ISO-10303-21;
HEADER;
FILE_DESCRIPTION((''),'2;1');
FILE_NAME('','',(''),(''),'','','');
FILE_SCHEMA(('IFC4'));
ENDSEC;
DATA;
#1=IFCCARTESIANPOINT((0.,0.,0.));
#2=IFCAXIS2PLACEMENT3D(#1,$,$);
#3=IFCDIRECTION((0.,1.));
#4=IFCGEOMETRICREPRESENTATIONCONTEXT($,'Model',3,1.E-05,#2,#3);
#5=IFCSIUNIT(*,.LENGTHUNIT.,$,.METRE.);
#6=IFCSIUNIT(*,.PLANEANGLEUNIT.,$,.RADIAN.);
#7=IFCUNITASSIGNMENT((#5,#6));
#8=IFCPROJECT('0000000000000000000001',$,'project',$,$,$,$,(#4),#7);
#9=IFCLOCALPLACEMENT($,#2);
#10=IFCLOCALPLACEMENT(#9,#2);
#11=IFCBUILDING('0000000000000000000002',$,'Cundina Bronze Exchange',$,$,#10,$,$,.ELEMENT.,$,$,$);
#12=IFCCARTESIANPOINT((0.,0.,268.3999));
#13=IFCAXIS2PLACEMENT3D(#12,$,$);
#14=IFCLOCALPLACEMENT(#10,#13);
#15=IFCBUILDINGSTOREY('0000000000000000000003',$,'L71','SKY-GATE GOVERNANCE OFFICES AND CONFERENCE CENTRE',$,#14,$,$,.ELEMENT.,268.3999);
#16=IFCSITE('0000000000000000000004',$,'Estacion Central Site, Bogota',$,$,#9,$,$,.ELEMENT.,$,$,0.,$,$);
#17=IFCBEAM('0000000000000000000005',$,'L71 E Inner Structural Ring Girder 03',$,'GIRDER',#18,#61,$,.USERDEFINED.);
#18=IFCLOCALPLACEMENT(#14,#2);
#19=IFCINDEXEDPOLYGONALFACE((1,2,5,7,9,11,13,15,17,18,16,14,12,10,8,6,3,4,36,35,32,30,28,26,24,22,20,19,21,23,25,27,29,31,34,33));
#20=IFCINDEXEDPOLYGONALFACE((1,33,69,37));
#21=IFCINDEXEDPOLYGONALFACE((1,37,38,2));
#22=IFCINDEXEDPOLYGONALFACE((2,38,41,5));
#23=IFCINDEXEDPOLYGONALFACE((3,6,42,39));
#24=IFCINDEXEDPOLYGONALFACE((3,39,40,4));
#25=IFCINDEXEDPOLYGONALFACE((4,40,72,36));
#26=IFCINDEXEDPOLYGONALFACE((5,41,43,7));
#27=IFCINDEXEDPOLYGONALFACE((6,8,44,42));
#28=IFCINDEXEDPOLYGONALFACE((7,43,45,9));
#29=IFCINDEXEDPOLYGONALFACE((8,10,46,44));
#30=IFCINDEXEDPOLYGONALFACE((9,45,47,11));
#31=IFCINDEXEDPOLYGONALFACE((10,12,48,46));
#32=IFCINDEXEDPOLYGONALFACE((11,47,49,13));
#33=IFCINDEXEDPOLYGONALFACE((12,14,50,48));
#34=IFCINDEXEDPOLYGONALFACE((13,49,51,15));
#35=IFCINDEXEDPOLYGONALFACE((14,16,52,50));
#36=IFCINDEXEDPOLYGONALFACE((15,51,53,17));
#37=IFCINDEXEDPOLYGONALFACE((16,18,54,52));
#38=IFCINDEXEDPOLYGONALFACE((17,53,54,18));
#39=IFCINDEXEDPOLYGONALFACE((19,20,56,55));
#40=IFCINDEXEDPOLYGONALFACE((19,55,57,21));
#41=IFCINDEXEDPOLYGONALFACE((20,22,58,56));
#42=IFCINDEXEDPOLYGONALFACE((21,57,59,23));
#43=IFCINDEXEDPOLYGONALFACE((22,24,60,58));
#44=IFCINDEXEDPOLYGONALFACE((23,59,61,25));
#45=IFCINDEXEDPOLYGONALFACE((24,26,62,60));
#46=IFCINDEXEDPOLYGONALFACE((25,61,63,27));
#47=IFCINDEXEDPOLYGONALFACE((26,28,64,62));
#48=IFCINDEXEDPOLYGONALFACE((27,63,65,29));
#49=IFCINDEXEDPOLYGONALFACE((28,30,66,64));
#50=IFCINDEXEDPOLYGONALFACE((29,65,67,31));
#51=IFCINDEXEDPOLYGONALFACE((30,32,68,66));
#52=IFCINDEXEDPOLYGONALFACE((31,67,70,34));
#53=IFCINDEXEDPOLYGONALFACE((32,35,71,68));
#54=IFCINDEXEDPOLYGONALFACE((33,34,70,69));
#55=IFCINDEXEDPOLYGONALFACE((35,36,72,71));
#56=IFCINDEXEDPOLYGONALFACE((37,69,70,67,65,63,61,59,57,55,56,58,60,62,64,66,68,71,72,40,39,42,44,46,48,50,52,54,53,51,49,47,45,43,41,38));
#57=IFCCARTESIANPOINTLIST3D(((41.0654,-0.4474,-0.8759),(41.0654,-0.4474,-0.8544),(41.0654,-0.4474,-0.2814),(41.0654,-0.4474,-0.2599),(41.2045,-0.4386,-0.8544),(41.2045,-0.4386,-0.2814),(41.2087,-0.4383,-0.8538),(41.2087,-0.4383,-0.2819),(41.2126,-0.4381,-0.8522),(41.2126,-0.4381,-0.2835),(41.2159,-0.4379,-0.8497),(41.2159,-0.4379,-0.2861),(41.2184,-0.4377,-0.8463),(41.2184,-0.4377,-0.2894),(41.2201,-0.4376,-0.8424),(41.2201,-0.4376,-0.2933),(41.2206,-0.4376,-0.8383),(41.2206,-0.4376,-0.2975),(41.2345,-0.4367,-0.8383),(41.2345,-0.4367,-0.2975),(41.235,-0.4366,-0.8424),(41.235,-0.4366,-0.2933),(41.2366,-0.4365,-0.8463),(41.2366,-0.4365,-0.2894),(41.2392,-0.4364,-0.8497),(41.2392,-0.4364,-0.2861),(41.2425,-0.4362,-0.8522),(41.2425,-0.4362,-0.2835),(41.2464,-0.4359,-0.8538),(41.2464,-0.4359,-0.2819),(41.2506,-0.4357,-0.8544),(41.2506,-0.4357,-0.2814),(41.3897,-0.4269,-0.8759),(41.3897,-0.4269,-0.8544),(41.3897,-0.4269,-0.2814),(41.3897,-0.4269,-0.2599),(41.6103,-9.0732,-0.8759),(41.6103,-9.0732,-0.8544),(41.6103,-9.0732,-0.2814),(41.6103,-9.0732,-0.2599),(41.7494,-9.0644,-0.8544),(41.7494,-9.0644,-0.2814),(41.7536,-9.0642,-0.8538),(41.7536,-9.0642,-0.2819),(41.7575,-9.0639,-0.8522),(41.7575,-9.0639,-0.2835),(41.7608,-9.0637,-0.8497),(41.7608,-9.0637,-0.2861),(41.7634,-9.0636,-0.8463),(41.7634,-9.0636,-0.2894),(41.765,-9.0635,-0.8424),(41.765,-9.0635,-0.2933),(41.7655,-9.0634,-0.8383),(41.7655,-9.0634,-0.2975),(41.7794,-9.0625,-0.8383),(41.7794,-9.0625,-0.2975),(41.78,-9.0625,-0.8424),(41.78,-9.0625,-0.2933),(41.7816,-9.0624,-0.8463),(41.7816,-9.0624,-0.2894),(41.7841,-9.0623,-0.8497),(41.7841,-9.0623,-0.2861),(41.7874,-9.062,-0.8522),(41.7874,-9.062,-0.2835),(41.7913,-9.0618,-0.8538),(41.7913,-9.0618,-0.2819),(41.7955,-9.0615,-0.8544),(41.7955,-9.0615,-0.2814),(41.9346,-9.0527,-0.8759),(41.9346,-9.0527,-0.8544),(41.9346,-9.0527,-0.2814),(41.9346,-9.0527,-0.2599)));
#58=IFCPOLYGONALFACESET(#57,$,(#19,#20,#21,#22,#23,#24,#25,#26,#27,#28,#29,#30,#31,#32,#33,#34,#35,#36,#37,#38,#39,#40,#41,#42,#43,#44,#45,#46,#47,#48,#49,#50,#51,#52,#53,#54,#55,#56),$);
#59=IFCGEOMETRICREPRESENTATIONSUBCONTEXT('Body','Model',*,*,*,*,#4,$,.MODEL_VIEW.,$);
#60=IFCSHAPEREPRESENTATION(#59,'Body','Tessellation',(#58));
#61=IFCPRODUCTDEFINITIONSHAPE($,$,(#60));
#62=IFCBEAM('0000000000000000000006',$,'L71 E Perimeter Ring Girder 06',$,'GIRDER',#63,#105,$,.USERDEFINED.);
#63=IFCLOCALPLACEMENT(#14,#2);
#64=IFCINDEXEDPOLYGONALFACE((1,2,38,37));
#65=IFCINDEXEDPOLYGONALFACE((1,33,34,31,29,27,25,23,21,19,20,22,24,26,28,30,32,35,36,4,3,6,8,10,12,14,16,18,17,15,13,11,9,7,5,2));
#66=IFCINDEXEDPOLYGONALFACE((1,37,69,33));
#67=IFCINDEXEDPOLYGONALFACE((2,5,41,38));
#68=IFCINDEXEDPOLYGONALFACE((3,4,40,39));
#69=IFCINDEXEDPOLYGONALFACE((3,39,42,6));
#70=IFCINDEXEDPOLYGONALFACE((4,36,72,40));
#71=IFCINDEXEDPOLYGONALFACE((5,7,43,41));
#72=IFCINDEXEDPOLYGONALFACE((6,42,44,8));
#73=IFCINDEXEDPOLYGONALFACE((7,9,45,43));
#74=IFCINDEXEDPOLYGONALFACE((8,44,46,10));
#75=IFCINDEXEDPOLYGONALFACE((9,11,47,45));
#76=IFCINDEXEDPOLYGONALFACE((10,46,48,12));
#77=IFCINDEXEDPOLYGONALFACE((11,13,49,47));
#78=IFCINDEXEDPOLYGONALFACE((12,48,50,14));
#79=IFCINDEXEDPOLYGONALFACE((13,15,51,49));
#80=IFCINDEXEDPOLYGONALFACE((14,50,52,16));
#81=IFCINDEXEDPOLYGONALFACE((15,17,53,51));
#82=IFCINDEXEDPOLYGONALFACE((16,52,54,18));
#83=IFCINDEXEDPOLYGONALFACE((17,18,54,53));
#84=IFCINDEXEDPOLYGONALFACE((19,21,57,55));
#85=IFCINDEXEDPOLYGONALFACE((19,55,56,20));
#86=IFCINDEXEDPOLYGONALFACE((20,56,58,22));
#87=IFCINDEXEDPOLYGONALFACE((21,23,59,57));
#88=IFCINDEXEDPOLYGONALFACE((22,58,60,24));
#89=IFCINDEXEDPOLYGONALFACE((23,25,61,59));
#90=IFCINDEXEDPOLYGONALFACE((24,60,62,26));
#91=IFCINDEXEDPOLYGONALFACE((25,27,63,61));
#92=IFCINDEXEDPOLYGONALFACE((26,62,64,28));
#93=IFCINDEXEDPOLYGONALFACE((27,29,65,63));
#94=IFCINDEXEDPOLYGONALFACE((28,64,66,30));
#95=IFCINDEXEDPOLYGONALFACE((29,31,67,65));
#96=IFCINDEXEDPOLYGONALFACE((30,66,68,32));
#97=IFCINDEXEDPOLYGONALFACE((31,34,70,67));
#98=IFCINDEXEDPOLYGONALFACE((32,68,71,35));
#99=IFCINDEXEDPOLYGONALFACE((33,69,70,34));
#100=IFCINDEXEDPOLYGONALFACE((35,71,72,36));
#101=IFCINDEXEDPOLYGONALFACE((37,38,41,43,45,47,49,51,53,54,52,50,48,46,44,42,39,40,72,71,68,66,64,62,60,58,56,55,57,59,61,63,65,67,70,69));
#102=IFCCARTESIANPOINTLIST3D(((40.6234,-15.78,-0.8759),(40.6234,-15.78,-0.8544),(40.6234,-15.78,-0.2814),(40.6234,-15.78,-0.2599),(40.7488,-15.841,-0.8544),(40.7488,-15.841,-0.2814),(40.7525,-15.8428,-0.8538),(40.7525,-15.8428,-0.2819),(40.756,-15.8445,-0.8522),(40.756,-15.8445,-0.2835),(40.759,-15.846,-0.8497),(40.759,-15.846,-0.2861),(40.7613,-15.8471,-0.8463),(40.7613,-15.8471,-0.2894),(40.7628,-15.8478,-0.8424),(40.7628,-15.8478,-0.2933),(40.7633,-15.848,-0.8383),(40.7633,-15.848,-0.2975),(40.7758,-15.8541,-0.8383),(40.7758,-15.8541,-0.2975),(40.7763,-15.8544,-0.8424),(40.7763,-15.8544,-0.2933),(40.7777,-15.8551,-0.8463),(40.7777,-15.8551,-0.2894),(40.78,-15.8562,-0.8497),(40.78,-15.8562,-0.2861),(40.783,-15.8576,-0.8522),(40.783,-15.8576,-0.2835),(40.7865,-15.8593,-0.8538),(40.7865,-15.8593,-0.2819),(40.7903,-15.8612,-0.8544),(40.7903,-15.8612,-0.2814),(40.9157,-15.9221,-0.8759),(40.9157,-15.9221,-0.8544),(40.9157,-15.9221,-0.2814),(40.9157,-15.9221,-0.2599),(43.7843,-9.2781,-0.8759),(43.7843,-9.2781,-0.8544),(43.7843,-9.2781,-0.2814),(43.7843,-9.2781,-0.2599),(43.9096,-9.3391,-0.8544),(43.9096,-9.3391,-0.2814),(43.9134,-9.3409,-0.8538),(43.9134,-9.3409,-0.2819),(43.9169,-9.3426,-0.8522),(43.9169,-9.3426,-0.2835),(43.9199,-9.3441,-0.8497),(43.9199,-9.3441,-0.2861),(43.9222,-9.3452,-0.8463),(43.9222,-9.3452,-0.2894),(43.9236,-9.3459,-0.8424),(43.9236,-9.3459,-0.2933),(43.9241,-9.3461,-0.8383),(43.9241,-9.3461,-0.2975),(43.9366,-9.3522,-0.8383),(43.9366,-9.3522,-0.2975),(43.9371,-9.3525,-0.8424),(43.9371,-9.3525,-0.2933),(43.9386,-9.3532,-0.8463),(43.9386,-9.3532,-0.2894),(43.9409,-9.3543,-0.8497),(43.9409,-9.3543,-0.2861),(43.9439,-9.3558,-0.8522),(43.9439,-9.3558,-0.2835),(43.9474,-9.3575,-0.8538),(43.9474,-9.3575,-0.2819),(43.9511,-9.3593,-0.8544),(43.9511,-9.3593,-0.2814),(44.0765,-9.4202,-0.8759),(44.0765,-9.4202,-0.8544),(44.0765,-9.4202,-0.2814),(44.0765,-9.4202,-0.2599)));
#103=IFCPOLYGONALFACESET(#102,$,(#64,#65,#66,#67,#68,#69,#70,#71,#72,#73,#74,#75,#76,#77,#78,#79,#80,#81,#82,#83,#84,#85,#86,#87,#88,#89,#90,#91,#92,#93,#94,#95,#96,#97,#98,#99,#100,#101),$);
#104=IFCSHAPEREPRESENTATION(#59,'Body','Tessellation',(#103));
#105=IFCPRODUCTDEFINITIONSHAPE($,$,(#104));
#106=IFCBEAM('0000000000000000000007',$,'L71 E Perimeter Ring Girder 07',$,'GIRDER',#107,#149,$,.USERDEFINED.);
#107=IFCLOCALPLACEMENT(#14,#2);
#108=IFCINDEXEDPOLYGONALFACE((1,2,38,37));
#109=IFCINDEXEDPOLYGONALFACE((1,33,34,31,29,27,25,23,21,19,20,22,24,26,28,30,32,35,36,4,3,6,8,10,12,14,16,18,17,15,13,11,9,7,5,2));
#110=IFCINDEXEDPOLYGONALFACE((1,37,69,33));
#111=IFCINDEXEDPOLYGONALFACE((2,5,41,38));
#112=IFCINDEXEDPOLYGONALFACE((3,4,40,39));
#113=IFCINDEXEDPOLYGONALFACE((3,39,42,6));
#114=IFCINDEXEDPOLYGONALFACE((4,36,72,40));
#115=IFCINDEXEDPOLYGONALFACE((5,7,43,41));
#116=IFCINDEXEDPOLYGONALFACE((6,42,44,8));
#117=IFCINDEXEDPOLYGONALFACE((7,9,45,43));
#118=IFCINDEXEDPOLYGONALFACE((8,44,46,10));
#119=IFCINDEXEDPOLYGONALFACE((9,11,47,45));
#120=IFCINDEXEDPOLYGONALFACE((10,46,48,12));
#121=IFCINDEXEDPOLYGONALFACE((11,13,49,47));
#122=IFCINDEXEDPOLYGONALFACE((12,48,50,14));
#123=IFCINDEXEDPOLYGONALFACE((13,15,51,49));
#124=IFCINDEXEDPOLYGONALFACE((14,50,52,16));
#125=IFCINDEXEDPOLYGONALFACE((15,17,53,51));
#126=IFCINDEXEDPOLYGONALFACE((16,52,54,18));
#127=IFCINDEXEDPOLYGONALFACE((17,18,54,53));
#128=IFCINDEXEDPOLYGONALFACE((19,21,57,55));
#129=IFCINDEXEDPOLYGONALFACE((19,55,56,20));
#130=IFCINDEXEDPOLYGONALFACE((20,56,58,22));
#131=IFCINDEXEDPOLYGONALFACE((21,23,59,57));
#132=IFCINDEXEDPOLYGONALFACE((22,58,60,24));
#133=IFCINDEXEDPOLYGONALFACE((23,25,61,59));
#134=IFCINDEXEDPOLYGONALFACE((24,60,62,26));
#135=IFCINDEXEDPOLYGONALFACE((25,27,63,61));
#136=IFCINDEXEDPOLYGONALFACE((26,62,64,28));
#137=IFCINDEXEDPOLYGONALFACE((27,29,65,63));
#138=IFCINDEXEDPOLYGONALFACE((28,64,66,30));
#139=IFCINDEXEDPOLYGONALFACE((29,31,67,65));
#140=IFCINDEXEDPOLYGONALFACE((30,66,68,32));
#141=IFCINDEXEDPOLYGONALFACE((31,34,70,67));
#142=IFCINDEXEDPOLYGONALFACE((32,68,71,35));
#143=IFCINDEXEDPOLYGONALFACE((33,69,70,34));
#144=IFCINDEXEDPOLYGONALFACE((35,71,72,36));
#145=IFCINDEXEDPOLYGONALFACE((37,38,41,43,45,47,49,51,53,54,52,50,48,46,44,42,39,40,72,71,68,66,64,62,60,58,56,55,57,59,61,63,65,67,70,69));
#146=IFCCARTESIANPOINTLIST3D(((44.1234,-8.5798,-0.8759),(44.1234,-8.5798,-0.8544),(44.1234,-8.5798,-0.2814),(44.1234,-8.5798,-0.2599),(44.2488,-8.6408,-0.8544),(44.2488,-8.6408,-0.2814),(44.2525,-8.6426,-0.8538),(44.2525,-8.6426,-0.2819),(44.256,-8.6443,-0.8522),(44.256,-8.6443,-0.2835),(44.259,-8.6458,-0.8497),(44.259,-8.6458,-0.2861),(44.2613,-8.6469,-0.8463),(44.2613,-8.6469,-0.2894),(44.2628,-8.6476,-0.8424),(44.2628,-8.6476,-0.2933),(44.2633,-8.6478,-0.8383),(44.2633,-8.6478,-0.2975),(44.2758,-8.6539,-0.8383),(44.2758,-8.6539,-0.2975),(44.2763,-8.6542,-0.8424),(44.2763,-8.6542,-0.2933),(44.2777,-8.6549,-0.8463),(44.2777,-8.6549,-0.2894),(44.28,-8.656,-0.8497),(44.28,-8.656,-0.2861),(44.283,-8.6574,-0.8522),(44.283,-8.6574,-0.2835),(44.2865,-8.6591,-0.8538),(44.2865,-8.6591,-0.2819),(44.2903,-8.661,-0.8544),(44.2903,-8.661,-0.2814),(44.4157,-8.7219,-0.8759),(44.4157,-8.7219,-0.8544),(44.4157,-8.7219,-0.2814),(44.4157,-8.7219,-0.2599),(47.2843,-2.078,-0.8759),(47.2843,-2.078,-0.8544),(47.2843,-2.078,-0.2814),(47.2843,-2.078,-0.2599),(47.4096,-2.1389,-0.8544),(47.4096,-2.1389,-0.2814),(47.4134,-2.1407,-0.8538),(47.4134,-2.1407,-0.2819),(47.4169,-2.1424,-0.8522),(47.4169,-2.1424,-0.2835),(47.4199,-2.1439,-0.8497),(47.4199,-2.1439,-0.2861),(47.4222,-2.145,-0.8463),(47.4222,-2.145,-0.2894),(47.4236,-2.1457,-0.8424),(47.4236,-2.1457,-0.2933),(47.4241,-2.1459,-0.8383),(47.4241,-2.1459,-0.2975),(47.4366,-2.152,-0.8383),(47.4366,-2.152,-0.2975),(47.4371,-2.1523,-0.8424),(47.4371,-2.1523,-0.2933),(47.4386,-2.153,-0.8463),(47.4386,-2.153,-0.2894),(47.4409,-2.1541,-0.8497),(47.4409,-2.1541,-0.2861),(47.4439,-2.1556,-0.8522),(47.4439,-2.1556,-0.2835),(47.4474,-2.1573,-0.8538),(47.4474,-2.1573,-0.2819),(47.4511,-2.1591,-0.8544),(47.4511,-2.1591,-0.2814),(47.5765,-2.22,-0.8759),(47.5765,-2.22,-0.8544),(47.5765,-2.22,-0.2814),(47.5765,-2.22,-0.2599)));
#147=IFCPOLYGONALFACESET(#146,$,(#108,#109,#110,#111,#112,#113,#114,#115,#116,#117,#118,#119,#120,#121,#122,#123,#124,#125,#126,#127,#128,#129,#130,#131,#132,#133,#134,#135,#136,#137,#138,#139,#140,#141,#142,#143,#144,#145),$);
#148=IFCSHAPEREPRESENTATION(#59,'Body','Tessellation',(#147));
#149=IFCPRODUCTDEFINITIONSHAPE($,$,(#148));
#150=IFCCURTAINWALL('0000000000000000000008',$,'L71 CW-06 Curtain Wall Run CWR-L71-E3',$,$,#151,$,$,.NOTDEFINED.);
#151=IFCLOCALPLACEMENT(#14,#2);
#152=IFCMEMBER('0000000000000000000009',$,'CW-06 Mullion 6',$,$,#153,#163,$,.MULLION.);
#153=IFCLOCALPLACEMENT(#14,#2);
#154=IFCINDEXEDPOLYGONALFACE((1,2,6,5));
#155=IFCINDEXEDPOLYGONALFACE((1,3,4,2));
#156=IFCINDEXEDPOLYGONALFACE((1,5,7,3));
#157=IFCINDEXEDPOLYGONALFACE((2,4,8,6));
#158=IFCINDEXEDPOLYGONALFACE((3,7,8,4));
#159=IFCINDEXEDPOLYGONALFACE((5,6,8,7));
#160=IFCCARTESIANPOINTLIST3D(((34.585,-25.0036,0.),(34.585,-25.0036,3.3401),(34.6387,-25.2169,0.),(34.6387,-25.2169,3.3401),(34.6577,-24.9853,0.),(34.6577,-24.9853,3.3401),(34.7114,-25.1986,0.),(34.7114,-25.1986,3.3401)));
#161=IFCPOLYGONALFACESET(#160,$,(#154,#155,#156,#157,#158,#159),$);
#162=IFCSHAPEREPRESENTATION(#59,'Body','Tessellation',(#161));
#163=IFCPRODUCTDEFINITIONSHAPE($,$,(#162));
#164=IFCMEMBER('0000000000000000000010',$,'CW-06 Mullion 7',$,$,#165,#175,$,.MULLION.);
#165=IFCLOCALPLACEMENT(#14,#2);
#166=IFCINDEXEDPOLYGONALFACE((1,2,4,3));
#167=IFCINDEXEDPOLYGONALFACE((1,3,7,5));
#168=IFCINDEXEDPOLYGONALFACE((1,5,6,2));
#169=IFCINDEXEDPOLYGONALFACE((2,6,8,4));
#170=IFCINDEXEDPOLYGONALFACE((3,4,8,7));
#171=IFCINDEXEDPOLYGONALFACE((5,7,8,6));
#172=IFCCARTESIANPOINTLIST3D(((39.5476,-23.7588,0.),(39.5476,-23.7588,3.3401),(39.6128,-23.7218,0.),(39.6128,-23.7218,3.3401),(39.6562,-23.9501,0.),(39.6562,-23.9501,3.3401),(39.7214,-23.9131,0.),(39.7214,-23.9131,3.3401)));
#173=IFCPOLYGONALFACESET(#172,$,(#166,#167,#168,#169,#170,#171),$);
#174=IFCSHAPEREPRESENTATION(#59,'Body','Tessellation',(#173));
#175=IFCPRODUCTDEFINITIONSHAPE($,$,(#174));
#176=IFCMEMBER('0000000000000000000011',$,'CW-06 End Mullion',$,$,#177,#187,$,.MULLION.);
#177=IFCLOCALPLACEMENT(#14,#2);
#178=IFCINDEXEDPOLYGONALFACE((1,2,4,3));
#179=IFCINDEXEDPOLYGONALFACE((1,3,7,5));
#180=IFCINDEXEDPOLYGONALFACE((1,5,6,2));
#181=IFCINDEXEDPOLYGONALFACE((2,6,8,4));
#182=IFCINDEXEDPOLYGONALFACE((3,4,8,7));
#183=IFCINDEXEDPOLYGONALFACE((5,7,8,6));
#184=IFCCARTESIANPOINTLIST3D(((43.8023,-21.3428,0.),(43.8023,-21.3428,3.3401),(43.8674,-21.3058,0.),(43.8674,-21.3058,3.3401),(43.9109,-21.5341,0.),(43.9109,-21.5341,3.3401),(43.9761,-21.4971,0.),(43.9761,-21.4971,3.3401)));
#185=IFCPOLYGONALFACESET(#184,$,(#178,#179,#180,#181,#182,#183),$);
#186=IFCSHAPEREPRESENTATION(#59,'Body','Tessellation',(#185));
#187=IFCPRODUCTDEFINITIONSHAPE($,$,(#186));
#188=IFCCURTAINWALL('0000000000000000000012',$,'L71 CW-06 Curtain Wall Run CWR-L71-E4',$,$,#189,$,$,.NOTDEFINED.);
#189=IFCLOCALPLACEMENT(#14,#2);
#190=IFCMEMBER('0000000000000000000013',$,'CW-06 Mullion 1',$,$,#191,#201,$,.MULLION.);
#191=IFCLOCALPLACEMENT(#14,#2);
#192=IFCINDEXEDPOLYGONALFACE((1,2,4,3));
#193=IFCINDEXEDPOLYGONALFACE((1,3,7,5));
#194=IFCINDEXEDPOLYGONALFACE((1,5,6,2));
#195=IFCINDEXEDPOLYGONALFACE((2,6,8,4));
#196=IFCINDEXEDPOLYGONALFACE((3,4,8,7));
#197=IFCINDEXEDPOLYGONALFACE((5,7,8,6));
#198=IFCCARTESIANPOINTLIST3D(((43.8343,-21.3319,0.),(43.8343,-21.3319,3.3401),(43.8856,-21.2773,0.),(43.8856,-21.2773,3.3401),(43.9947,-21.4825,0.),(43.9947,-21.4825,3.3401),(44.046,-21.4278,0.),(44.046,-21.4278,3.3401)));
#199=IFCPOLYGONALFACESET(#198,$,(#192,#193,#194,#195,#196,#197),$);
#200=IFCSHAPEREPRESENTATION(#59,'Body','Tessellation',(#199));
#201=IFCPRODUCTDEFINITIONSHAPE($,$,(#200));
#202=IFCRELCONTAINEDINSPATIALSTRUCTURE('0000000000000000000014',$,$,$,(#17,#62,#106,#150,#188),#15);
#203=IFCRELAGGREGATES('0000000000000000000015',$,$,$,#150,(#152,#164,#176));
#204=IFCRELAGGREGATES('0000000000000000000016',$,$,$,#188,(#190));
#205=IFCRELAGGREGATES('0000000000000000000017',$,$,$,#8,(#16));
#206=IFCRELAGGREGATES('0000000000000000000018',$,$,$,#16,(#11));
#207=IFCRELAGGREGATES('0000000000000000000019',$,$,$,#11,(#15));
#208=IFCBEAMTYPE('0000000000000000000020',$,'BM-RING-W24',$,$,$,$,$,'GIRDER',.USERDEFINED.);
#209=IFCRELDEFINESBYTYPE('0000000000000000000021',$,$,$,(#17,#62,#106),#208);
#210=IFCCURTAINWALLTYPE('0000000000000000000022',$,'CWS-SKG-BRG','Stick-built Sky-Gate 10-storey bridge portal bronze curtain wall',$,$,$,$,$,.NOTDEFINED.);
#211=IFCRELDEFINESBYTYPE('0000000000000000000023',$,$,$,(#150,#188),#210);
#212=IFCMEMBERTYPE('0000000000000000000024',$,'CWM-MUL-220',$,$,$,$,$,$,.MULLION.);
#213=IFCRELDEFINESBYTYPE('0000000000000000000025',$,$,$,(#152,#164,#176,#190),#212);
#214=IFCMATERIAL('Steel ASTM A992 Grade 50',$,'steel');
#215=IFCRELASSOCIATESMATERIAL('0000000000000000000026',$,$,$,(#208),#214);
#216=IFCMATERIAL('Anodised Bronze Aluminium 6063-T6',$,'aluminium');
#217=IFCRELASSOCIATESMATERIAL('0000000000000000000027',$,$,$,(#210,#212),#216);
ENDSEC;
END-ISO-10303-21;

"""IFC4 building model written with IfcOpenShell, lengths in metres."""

from ifc_helpers import new_model, si_unit, direction, frame, origin, origin_2d, place, context, subcontext, project, spatial, rectangle, i_section, extrude, material, material_profile, profile_set, type_object, element, aggregate, save


model = new_model("IFC4")

# Units and contexts
model_context = context("Model", 3, precision=1e-05, world=origin(), true_north=direction((0.0, 1.0)))
body_context = subcontext(model_context, "Body", "Model", "MODEL_VIEW")
ifc_project = project(units=[si_unit("LENGTHUNIT", "METRE"), si_unit("PLANEANGLEUNIT", "RADIAN")], contexts=[model_context])

# Site, building, storey
site_placement = place(None, origin())
site = spatial("IfcSite", under=ifc_project, at=site_placement, Name="Estacion Central Site, Bogota", CompositionType="ELEMENT", RefElevation=0.0)
building_placement = place(site_placement, origin())
building = spatial("IfcBuilding", under=site, at=building_placement, Name="Cundina Bronze Exchange", CompositionType="ELEMENT")
storey_placement = place(building_placement, frame((0.0, 0.0, 268.3999)))
storey = spatial("IfcBuildingStorey", under=building, at=storey_placement, Name="L71", Description="SKY-GATE GOVERNANCE OFFICES AND CONFERENCE CENTRE", CompositionType="ELEMENT", Elevation=268.3999)

# Beams
ifc_material_1 = material(Name="Steel ASTM A992 Grade 50", Category="steel")
ifc_material_profile_1 = material_profile(ifc_material_1, i_section(OverallWidth=0.325, OverallDepth=0.616, WebThickness=0.0139, FlangeThickness=0.0215, FilletRadius=0.0161, at=origin_2d()), Name="W24X117", Category="steel")
ifc_profile_set_1 = profile_set([ifc_material_profile_1], Name="Steel ASTM A992 Grade 50")
beam_type_1 = type_object("IfcBeamType", Name="BM-RING-W24", ElementType="GIRDER", PredefinedType="USERDEFINED", material=ifc_profile_set_1)
beam_1_placement = place(storey_placement, frame((41.7725, -9.063, -0.5679), z_axis=(-0.063047, 0.998011, 0.0), x_axis=(-0.998011, -0.063047, 0.0)))
element("IfcBeam", 1, at=beam_1_placement, inside=storey, type_object=beam_type_1, Name="L71 E Inner Structural Ring Girder 03", ObjectType="GIRDER", PredefinedType="USERDEFINED", context=body_context, shape_type="SweptSolid", body=[
    extrude(i_section(OverallWidth=0.325, OverallDepth=0.616, WebThickness=0.0139, FlangeThickness=0.0215, FilletRadius=0.0161, at=origin_2d()), origin(), (0.0, 0.0, 1.0), 8.6431),
])
for number, where, z_axis, x_axis, name in (
    (2, (40.7695, -15.8511, -0.5679), (0.437217, 0.899356, 0.0), (-0.899356, 0.437217, 0.0), "L71 E Perimeter Ring Girder 06"),
    (3, (44.2695, -8.6509, -0.5679), (0.437217, 0.899356, 0.0), (-0.899356, 0.437217, 0.0), "L71 E Perimeter Ring Girder 07"),
):
    element("IfcBeam", number, at=place(storey_placement, frame(where, z_axis=z_axis, x_axis=x_axis)), inside=storey, type_object=beam_type_1, Name=name, ObjectType="GIRDER", PredefinedType="USERDEFINED", context=body_context, shape_type="SweptSolid", body=[
        extrude(i_section(OverallWidth=0.325, OverallDepth=0.616, WebThickness=0.0139, FlangeThickness=0.0215, FilletRadius=0.0161, at=origin_2d()), origin(), (0.0, 0.0, 1.0), 7.2295),
    ])

# Curtain walls, members
ifc_material_2 = material(Name="Anodised Bronze Aluminium 6063-T6", Category="aluminium")
curtain_wall_type = type_object("IfcCurtainWallType", Name="CWS-SKG-BRG", Description="Stick-built Sky-Gate 10-storey bridge portal bronze curtain wall", PredefinedType="NOTDEFINED", material=ifc_material_2)
curtain_wall_1_placement = place(storey_placement, origin())
curtain_wall_1 = element("IfcCurtainWall", 4, at=curtain_wall_1_placement, inside=storey, type_object=curtain_wall_type, Name="L71 CW-06 Curtain Wall Run CWR-L71-E3", PredefinedType="NOTDEFINED")
ifc_material_profile_2 = material_profile(ifc_material_2, rectangle(XDim=0.075, YDim=0.22, at=origin_2d()), Name="AL75X220", Category="aluminium")
ifc_profile_set_2 = profile_set([ifc_material_profile_2], Name="Anodised Bronze Aluminium 6063-T6")
member_type_1 = type_object("IfcMemberType", Name="CWM-MUL-220", PredefinedType="MULLION", material=ifc_profile_set_2)
member_1_placement = place(storey_placement, frame((34.6482, -25.1011, 0.0), z_axis=(0.0, 0.0, 1.0), x_axis=(0.969744, 0.244123, 0.0)))
member_1 = element("IfcMember", 5, at=member_1_placement, type_object=member_type_1, Name="CW-06 Mullion 6", PredefinedType="MULLION", context=body_context, shape_type="SweptSolid", body=[
    extrude(rectangle(XDim=0.075, YDim=0.22, at=origin_2d()), origin(), (0.0, 0.0, 1.0), 3.3401),
])
member_2_placement = place(storey_placement, frame((39.6345, -23.8359, 0.0), z_axis=(0.0, 0.0, 1.0), x_axis=(0.869581, 0.49379, 0.0)))
member_2 = element("IfcMember", 6, at=member_2_placement, type_object=member_type_1, Name="CW-06 Mullion 7", PredefinedType="MULLION", context=body_context, shape_type="SweptSolid", body=[
    extrude(rectangle(XDim=0.075, YDim=0.22, at=origin_2d()), origin(), (0.0, 0.0, 1.0), 3.3401),
])
member_3_placement = place(storey_placement, frame((43.8892, -21.4199, 0.0), z_axis=(0.0, 0.0, 1.0), x_axis=(0.869581, 0.49379, 0.0)))
member_3 = element("IfcMember", 7, at=member_3_placement, type_object=member_type_1, Name="CW-06 End Mullion", PredefinedType="MULLION", context=body_context, shape_type="SweptSolid", body=[
    extrude(rectangle(XDim=0.075, YDim=0.22, at=origin_2d()), origin(), (0.0, 0.0, 1.0), 3.3401),
])
curtain_wall_2_placement = place(storey_placement, origin())
curtain_wall_2 = element("IfcCurtainWall", 8, at=curtain_wall_2_placement, inside=storey, type_object=curtain_wall_type, Name="L71 CW-06 Curtain Wall Run CWR-L71-E4", PredefinedType="NOTDEFINED")
member_4_placement = place(storey_placement, frame((43.9402, -21.3799, 0.0), z_axis=(0.0, 0.0, 1.0), x_axis=(0.684293, 0.729208, 0.0)))
member_4 = element("IfcMember", 9, at=member_4_placement, type_object=member_type_1, Name="CW-06 Mullion 1", PredefinedType="MULLION", context=body_context, shape_type="SweptSolid", body=[
    extrude(rectangle(XDim=0.075, YDim=0.22, at=origin_2d()), origin(), (0.0, 0.0, 1.0), 3.3401),
])

aggregate(curtain_wall_1, [member_1, member_2, member_3])
aggregate(curtain_wall_2, [member_4])

save(model, "model.ifc")
